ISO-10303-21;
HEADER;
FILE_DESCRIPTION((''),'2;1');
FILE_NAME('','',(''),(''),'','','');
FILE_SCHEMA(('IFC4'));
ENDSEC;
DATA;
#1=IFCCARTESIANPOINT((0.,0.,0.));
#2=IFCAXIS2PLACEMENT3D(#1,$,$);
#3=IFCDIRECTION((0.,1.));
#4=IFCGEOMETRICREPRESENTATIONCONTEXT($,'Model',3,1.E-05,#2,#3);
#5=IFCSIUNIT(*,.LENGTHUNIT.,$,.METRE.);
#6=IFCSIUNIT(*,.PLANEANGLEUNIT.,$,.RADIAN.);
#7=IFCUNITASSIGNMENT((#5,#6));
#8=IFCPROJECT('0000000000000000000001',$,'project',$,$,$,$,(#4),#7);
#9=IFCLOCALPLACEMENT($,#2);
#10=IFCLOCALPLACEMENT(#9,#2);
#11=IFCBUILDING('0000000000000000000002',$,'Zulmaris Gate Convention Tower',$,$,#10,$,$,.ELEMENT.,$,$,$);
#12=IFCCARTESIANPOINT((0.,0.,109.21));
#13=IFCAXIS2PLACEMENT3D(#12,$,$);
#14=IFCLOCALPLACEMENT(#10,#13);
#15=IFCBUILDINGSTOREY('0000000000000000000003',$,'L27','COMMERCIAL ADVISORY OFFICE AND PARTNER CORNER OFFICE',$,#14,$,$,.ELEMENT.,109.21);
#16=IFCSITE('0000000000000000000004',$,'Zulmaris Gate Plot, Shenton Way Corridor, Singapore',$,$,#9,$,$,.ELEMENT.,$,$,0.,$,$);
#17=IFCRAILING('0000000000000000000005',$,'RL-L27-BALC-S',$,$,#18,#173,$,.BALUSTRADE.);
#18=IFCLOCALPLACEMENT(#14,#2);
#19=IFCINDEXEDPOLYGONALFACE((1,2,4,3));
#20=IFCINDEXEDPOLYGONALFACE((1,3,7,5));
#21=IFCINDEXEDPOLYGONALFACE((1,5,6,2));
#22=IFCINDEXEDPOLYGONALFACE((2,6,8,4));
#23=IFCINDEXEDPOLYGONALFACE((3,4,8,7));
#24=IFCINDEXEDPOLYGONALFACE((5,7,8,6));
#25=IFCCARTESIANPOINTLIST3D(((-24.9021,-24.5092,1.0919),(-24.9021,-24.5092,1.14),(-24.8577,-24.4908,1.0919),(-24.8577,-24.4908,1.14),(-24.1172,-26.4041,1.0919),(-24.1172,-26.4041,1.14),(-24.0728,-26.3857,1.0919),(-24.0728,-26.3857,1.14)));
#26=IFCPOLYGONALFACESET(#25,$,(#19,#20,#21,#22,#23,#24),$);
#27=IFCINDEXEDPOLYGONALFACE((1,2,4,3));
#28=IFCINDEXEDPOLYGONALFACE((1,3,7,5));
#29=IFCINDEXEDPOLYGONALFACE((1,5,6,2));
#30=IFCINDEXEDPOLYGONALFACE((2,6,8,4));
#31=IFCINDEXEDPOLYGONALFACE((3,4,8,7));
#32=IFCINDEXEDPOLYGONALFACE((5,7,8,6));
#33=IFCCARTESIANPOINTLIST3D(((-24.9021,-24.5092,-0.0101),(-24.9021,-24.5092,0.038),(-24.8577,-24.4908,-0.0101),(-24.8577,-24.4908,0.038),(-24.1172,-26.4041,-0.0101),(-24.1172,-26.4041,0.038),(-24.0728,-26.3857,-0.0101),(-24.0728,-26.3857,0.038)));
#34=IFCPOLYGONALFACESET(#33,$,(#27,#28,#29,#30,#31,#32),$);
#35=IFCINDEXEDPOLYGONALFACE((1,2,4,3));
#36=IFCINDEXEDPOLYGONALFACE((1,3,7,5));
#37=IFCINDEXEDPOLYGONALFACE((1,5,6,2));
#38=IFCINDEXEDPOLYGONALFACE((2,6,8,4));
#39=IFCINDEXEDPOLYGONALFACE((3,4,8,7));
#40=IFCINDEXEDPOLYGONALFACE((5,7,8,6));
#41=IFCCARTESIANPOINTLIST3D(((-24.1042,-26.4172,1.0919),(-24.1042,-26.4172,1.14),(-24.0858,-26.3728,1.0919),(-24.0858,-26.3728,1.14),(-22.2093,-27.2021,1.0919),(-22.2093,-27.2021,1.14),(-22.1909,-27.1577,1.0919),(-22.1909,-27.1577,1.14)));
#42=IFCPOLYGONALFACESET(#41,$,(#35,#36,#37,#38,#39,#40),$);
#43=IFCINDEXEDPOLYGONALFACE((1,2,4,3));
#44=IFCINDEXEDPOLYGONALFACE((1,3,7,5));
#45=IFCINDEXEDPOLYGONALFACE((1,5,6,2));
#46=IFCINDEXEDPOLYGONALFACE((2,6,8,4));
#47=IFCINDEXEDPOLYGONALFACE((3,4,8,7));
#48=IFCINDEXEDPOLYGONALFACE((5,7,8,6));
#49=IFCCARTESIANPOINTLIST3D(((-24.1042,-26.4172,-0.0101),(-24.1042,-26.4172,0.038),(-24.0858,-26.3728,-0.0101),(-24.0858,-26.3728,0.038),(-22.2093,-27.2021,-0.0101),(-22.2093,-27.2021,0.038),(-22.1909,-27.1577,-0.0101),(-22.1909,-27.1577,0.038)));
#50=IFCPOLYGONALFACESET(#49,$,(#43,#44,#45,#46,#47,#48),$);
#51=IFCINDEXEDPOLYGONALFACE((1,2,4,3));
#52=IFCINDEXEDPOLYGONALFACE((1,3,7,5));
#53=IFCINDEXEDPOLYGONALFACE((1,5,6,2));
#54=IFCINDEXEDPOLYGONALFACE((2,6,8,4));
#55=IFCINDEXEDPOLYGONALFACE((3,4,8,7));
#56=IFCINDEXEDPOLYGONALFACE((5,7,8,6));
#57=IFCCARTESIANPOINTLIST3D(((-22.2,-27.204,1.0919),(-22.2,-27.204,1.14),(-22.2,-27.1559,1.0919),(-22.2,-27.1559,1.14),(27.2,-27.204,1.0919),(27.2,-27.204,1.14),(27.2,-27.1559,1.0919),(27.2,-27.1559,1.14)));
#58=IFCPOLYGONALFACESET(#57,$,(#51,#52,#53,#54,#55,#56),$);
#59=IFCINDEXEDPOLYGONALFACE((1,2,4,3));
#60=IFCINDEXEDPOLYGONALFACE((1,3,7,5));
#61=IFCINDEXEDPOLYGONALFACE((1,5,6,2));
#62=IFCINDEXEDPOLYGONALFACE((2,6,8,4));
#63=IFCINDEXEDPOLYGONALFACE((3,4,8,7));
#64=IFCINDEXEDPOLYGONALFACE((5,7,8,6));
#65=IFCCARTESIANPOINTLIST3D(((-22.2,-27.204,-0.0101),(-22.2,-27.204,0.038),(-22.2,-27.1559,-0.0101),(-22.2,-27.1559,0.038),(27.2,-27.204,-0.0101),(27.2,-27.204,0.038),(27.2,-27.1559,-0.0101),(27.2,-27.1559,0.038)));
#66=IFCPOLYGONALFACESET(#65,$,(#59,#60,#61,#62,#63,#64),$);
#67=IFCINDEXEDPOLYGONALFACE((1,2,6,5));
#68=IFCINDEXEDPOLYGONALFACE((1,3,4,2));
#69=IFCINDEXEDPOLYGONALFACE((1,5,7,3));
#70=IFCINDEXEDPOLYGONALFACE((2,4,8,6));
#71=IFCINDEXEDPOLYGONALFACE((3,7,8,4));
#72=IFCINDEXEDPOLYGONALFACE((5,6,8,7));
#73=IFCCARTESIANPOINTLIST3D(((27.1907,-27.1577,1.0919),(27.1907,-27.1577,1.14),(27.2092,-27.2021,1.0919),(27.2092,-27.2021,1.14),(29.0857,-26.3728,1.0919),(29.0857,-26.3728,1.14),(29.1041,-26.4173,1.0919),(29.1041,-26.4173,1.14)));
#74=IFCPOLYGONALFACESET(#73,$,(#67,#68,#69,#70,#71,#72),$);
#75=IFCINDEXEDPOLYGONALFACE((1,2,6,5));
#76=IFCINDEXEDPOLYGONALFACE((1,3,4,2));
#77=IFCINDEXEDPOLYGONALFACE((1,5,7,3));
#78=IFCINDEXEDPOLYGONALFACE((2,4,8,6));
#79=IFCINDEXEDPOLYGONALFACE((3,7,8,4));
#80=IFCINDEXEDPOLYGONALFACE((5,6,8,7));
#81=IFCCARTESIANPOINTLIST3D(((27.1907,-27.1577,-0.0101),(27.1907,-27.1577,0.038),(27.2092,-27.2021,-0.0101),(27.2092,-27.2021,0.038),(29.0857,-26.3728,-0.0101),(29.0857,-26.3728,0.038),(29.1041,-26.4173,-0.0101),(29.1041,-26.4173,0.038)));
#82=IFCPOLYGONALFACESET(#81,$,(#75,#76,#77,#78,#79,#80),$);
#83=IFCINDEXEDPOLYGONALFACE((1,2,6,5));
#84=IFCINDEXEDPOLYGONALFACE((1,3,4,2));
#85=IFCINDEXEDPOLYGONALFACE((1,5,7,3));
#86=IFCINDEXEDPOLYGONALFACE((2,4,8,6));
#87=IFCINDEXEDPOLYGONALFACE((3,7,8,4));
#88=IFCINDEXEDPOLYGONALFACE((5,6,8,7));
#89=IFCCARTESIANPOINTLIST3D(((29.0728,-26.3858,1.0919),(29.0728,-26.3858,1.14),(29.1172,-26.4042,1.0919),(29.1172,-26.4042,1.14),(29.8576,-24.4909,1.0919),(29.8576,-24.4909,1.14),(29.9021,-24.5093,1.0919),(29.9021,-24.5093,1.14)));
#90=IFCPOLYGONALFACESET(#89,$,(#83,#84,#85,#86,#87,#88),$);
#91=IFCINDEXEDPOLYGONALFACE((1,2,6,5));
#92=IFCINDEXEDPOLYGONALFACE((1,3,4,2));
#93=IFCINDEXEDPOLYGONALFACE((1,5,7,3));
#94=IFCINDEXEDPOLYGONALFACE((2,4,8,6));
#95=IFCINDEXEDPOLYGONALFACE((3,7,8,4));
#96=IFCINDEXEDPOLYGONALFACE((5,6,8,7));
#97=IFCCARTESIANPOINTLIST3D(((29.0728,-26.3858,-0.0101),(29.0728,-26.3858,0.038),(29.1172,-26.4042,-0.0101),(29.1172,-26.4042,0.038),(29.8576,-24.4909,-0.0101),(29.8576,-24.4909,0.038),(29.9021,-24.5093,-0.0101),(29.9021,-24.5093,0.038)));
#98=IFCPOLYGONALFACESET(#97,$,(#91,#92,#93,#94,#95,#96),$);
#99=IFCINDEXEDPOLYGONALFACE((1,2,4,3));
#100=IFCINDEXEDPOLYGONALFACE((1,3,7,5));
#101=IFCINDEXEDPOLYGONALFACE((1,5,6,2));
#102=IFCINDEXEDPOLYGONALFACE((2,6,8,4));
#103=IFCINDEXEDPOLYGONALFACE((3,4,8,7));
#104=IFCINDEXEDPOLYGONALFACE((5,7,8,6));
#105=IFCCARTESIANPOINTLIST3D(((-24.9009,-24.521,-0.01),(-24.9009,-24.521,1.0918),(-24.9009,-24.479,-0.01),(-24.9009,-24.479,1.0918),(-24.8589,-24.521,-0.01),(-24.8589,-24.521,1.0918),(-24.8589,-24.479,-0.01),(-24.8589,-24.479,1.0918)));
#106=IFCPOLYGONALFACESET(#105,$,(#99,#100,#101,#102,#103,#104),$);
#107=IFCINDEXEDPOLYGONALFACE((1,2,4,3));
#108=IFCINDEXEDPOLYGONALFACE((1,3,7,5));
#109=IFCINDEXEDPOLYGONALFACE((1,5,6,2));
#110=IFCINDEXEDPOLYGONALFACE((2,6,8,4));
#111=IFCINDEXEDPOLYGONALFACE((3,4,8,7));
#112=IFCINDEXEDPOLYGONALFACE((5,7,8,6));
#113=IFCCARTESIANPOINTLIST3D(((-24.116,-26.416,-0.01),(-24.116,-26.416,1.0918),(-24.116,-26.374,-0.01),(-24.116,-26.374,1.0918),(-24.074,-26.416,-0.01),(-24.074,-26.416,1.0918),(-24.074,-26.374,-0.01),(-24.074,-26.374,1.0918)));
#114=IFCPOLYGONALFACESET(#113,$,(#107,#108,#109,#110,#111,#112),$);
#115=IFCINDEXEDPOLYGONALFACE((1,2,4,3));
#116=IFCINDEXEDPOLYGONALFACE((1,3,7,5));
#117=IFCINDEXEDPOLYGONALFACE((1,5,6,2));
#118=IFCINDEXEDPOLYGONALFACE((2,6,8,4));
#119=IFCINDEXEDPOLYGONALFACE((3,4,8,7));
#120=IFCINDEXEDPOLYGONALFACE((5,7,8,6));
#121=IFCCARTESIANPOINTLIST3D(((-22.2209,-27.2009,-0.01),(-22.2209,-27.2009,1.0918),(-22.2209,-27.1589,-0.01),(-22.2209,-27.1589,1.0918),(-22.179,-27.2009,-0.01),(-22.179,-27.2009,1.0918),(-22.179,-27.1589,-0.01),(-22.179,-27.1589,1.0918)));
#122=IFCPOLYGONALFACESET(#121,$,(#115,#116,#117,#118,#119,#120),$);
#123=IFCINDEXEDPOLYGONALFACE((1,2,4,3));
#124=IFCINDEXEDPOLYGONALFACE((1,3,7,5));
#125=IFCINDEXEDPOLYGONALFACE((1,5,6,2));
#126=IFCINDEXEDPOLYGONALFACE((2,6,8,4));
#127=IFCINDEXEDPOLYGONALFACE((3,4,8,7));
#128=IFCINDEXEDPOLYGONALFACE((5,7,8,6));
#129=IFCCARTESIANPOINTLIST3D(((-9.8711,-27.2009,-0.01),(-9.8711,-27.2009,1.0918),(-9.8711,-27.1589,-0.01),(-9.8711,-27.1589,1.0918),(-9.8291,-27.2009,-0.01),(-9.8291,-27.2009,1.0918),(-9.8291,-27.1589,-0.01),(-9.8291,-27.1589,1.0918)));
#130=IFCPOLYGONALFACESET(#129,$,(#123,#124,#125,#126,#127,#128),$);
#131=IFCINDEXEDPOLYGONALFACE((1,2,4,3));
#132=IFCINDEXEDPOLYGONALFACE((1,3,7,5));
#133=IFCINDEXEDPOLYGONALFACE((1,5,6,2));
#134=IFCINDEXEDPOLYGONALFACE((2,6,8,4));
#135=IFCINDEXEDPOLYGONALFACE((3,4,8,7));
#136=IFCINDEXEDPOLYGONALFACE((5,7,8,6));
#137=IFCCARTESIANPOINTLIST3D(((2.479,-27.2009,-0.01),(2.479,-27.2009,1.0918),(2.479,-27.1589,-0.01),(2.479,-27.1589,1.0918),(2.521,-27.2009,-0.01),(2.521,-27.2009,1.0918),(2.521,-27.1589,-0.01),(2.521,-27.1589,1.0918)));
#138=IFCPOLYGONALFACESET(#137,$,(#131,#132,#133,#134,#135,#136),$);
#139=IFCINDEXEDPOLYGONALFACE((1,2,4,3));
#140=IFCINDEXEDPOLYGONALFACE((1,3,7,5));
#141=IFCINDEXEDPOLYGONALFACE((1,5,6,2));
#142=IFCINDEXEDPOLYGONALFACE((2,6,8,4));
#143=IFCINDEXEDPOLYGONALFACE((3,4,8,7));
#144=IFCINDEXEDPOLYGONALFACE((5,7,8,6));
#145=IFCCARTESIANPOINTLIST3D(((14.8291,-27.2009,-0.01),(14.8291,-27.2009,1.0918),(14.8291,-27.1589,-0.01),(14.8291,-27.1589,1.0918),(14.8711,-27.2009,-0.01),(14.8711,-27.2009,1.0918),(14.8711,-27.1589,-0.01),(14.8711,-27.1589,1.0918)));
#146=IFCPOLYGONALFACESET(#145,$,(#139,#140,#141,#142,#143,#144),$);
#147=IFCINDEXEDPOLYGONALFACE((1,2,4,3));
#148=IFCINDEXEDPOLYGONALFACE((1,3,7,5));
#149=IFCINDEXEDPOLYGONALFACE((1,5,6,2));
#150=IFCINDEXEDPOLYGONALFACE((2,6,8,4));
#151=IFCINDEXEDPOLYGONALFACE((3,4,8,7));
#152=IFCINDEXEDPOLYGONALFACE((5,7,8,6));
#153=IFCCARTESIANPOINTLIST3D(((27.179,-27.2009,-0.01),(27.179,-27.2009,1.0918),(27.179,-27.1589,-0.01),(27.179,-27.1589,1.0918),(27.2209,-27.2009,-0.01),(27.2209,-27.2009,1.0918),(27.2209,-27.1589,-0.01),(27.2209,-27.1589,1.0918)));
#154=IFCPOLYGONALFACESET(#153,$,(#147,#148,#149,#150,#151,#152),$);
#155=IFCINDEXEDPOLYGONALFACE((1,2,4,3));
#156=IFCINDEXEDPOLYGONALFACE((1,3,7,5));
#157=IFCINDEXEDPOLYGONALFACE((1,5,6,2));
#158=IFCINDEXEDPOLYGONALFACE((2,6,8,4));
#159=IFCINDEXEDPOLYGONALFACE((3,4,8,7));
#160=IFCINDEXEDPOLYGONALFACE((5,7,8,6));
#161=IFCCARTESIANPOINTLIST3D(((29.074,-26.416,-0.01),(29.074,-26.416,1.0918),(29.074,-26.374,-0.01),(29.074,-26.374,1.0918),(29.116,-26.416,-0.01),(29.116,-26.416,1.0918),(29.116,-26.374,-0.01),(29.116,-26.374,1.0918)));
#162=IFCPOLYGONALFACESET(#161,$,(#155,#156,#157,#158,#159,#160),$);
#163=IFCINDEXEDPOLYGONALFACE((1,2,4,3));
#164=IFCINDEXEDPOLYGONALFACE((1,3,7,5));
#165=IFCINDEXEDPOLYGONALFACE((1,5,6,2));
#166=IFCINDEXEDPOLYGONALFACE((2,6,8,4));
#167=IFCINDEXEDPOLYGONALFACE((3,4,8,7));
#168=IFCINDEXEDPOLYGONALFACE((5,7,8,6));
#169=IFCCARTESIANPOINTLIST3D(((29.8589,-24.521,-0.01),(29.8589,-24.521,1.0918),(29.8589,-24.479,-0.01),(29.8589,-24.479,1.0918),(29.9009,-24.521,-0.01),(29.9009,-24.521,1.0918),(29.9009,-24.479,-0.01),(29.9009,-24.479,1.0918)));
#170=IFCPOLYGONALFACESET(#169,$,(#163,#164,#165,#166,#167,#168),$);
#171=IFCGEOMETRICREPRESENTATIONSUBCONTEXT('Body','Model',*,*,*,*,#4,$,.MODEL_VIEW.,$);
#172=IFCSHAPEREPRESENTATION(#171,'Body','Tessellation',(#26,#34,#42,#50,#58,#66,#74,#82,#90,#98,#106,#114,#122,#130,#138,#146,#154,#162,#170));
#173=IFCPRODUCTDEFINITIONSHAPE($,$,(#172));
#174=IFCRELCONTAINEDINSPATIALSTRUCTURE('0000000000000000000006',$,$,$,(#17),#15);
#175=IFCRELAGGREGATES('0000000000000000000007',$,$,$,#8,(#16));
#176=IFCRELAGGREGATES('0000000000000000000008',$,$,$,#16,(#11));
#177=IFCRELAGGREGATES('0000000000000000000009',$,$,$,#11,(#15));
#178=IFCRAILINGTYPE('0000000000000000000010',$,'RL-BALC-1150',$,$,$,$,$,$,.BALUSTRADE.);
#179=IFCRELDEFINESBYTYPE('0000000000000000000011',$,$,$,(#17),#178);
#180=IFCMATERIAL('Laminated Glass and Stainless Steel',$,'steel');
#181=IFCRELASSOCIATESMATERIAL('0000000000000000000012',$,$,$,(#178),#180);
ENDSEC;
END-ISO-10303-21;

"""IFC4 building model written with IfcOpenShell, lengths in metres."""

from ifc_helpers import new_model, si_unit, direction, frame, origin, origin_2d, place, context, subcontext, project, spatial, rectangle, extrude, material, type_object, element, save


model = new_model("IFC4")

# Units and contexts
model_context = context("Model", 3, precision=1e-05, world=origin(), true_north=direction((0.0, 1.0)))
body_context = subcontext(model_context, "Body", "Model", "MODEL_VIEW")
ifc_project = project(units=[si_unit("LENGTHUNIT", "METRE"), si_unit("PLANEANGLEUNIT", "RADIAN")], contexts=[model_context])

# Site, building, storey
site_placement = place(None, origin())
site = spatial("IfcSite", under=ifc_project, at=site_placement, Name="Zulmaris Gate Plot, Shenton Way Corridor, Singapore", CompositionType="ELEMENT", RefElevation=0.0)
building_placement = place(site_placement, origin())
building = spatial("IfcBuilding", under=site, at=building_placement, Name="Zulmaris Gate Convention Tower", CompositionType="ELEMENT")
storey_placement = place(building_placement, frame((0.0, 0.0, 109.21)))
storey = spatial("IfcBuildingStorey", under=building, at=storey_placement, Name="L27", Description="COMMERCIAL ADVISORY OFFICE AND PARTNER CORNER OFFICE", CompositionType="ELEMENT", Elevation=109.21)

# Railing
ifc_material_1 = material(Name="Laminated Glass and Stainless Steel", Category="steel")
railing_type = type_object("IfcRailingType", Name="RL-BALC-1150", PredefinedType="BALUSTRADE", material=ifc_material_1)
railing_placement = place(storey_placement, frame((-24.8799, -24.5, -0.01)))
element("IfcRailing", 1, at=railing_placement, inside=storey, type_object=railing_type, Name="RL-L27-BALC-S", PredefinedType="BALUSTRADE", context=body_context, shape_type="SweptSolid", body=[
    extrude(rectangle(XDim=0.0481, YDim=0.0481, at=origin_2d()), frame((0.0, 0.0, 1.126), z_axis=(0.382671, -0.923885, 0.0), x_axis=(0.923885, 0.382671, 0.0)), (0.0, 0.0, 1.0), 2.051),
    extrude(rectangle(XDim=0.0481, YDim=0.0481, at=origin_2d()), frame((0.0, 0.0, 0.0239), z_axis=(0.382671, -0.923885, 0.0), x_axis=(0.923885, 0.382671, 0.0)), (0.0, 0.0, 1.0), 2.051),
    extrude(rectangle(XDim=0.0481, YDim=0.0481, at=origin_2d()), frame((0.7849, -1.895, 1.126), z_axis=(0.923885, -0.382671, 0.0), x_axis=(0.382671, 0.923885, 0.0)), (0.0, 0.0, 1.0), 2.051),
    extrude(rectangle(XDim=0.0481, YDim=0.0481, at=origin_2d()), frame((0.7849, -1.895, 0.0239), z_axis=(0.923885, -0.382671, 0.0), x_axis=(0.382671, 0.923885, 0.0)), (0.0, 0.0, 1.0), 2.051),
    extrude(rectangle(XDim=0.0481, YDim=0.0481, at=origin_2d()), frame((2.6799, -2.6799, 1.126), z_axis=(1.0, 0.0, 0.0), x_axis=(0.0, 1.0, 0.0)), (0.0, 0.0, 1.0), 49.3999),
    extrude(rectangle(XDim=0.0481, YDim=0.0481, at=origin_2d()), frame((2.6799, -2.6799, 0.0239), z_axis=(1.0, 0.0, 0.0), x_axis=(0.0, 1.0, 0.0)), (0.0, 0.0, 1.0), 49.3999),
    extrude(rectangle(XDim=0.0481, YDim=0.0481, at=origin_2d()), frame((52.0798, -2.6799, 1.126), z_axis=(0.923885, 0.382671, 0.0), x_axis=(-0.382671, 0.923885, 0.0)), (0.0, 0.0, 1.0), 2.051),
    extrude(rectangle(XDim=0.0481, YDim=0.0481, at=origin_2d()), frame((52.0798, -2.6799, 0.0239), z_axis=(0.923885, 0.382671, 0.0), x_axis=(-0.382671, 0.923885, 0.0)), (0.0, 0.0, 1.0), 2.051),
    extrude(rectangle(XDim=0.0481, YDim=0.0481, at=origin_2d()), frame((53.9749, -1.895, 1.126), z_axis=(0.382671, 0.923885, 0.0), x_axis=(-0.923885, 0.382671, 0.0)), (0.0, 0.0, 1.0), 2.051),
    extrude(rectangle(XDim=0.0481, YDim=0.0481, at=origin_2d()), frame((53.9749, -1.895, 0.0239), z_axis=(0.382671, 0.923885, 0.0), x_axis=(-0.923885, 0.382671, 0.0)), (0.0, 0.0, 1.0), 2.051),
    extrude(rectangle(XDim=0.042, YDim=0.042, at=origin_2d()), origin(), (0.0, 0.0, 1.0), 1.1018),
    extrude(rectangle(XDim=0.042, YDim=0.042, at=origin_2d()), frame((0.7849, -1.895, 0.0)), (0.0, 0.0, 1.0), 1.1018),
    extrude(rectangle(XDim=0.042, YDim=0.042, at=origin_2d()), frame((2.6799, -2.6799, 0.0)), (0.0, 0.0, 1.0), 1.1018),
    extrude(rectangle(XDim=0.042, YDim=0.042, at=origin_2d()), frame((15.0298, -2.6799, 0.0)), (0.0, 0.0, 1.0), 1.1018),
    extrude(rectangle(XDim=0.042, YDim=0.042, at=origin_2d()), frame((27.3799, -2.6799, 0.0)), (0.0, 0.0, 1.0), 1.1018),
    extrude(rectangle(XDim=0.042, YDim=0.042, at=origin_2d()), frame((39.73, -2.6799, 0.0)), (0.0, 0.0, 1.0), 1.1018),
    extrude(rectangle(XDim=0.042, YDim=0.042, at=origin_2d()), frame((52.0798, -2.6799, 0.0)), (0.0, 0.0, 1.0), 1.1018),
    extrude(rectangle(XDim=0.042, YDim=0.042, at=origin_2d()), frame((53.9749, -1.895, 0.0)), (0.0, 0.0, 1.0), 1.1018),
    extrude(rectangle(XDim=0.042, YDim=0.042, at=origin_2d()), frame((54.7598, 0.0, 0.0)), (0.0, 0.0, 1.0), 1.1018),
])

save(model, "model.ifc")
